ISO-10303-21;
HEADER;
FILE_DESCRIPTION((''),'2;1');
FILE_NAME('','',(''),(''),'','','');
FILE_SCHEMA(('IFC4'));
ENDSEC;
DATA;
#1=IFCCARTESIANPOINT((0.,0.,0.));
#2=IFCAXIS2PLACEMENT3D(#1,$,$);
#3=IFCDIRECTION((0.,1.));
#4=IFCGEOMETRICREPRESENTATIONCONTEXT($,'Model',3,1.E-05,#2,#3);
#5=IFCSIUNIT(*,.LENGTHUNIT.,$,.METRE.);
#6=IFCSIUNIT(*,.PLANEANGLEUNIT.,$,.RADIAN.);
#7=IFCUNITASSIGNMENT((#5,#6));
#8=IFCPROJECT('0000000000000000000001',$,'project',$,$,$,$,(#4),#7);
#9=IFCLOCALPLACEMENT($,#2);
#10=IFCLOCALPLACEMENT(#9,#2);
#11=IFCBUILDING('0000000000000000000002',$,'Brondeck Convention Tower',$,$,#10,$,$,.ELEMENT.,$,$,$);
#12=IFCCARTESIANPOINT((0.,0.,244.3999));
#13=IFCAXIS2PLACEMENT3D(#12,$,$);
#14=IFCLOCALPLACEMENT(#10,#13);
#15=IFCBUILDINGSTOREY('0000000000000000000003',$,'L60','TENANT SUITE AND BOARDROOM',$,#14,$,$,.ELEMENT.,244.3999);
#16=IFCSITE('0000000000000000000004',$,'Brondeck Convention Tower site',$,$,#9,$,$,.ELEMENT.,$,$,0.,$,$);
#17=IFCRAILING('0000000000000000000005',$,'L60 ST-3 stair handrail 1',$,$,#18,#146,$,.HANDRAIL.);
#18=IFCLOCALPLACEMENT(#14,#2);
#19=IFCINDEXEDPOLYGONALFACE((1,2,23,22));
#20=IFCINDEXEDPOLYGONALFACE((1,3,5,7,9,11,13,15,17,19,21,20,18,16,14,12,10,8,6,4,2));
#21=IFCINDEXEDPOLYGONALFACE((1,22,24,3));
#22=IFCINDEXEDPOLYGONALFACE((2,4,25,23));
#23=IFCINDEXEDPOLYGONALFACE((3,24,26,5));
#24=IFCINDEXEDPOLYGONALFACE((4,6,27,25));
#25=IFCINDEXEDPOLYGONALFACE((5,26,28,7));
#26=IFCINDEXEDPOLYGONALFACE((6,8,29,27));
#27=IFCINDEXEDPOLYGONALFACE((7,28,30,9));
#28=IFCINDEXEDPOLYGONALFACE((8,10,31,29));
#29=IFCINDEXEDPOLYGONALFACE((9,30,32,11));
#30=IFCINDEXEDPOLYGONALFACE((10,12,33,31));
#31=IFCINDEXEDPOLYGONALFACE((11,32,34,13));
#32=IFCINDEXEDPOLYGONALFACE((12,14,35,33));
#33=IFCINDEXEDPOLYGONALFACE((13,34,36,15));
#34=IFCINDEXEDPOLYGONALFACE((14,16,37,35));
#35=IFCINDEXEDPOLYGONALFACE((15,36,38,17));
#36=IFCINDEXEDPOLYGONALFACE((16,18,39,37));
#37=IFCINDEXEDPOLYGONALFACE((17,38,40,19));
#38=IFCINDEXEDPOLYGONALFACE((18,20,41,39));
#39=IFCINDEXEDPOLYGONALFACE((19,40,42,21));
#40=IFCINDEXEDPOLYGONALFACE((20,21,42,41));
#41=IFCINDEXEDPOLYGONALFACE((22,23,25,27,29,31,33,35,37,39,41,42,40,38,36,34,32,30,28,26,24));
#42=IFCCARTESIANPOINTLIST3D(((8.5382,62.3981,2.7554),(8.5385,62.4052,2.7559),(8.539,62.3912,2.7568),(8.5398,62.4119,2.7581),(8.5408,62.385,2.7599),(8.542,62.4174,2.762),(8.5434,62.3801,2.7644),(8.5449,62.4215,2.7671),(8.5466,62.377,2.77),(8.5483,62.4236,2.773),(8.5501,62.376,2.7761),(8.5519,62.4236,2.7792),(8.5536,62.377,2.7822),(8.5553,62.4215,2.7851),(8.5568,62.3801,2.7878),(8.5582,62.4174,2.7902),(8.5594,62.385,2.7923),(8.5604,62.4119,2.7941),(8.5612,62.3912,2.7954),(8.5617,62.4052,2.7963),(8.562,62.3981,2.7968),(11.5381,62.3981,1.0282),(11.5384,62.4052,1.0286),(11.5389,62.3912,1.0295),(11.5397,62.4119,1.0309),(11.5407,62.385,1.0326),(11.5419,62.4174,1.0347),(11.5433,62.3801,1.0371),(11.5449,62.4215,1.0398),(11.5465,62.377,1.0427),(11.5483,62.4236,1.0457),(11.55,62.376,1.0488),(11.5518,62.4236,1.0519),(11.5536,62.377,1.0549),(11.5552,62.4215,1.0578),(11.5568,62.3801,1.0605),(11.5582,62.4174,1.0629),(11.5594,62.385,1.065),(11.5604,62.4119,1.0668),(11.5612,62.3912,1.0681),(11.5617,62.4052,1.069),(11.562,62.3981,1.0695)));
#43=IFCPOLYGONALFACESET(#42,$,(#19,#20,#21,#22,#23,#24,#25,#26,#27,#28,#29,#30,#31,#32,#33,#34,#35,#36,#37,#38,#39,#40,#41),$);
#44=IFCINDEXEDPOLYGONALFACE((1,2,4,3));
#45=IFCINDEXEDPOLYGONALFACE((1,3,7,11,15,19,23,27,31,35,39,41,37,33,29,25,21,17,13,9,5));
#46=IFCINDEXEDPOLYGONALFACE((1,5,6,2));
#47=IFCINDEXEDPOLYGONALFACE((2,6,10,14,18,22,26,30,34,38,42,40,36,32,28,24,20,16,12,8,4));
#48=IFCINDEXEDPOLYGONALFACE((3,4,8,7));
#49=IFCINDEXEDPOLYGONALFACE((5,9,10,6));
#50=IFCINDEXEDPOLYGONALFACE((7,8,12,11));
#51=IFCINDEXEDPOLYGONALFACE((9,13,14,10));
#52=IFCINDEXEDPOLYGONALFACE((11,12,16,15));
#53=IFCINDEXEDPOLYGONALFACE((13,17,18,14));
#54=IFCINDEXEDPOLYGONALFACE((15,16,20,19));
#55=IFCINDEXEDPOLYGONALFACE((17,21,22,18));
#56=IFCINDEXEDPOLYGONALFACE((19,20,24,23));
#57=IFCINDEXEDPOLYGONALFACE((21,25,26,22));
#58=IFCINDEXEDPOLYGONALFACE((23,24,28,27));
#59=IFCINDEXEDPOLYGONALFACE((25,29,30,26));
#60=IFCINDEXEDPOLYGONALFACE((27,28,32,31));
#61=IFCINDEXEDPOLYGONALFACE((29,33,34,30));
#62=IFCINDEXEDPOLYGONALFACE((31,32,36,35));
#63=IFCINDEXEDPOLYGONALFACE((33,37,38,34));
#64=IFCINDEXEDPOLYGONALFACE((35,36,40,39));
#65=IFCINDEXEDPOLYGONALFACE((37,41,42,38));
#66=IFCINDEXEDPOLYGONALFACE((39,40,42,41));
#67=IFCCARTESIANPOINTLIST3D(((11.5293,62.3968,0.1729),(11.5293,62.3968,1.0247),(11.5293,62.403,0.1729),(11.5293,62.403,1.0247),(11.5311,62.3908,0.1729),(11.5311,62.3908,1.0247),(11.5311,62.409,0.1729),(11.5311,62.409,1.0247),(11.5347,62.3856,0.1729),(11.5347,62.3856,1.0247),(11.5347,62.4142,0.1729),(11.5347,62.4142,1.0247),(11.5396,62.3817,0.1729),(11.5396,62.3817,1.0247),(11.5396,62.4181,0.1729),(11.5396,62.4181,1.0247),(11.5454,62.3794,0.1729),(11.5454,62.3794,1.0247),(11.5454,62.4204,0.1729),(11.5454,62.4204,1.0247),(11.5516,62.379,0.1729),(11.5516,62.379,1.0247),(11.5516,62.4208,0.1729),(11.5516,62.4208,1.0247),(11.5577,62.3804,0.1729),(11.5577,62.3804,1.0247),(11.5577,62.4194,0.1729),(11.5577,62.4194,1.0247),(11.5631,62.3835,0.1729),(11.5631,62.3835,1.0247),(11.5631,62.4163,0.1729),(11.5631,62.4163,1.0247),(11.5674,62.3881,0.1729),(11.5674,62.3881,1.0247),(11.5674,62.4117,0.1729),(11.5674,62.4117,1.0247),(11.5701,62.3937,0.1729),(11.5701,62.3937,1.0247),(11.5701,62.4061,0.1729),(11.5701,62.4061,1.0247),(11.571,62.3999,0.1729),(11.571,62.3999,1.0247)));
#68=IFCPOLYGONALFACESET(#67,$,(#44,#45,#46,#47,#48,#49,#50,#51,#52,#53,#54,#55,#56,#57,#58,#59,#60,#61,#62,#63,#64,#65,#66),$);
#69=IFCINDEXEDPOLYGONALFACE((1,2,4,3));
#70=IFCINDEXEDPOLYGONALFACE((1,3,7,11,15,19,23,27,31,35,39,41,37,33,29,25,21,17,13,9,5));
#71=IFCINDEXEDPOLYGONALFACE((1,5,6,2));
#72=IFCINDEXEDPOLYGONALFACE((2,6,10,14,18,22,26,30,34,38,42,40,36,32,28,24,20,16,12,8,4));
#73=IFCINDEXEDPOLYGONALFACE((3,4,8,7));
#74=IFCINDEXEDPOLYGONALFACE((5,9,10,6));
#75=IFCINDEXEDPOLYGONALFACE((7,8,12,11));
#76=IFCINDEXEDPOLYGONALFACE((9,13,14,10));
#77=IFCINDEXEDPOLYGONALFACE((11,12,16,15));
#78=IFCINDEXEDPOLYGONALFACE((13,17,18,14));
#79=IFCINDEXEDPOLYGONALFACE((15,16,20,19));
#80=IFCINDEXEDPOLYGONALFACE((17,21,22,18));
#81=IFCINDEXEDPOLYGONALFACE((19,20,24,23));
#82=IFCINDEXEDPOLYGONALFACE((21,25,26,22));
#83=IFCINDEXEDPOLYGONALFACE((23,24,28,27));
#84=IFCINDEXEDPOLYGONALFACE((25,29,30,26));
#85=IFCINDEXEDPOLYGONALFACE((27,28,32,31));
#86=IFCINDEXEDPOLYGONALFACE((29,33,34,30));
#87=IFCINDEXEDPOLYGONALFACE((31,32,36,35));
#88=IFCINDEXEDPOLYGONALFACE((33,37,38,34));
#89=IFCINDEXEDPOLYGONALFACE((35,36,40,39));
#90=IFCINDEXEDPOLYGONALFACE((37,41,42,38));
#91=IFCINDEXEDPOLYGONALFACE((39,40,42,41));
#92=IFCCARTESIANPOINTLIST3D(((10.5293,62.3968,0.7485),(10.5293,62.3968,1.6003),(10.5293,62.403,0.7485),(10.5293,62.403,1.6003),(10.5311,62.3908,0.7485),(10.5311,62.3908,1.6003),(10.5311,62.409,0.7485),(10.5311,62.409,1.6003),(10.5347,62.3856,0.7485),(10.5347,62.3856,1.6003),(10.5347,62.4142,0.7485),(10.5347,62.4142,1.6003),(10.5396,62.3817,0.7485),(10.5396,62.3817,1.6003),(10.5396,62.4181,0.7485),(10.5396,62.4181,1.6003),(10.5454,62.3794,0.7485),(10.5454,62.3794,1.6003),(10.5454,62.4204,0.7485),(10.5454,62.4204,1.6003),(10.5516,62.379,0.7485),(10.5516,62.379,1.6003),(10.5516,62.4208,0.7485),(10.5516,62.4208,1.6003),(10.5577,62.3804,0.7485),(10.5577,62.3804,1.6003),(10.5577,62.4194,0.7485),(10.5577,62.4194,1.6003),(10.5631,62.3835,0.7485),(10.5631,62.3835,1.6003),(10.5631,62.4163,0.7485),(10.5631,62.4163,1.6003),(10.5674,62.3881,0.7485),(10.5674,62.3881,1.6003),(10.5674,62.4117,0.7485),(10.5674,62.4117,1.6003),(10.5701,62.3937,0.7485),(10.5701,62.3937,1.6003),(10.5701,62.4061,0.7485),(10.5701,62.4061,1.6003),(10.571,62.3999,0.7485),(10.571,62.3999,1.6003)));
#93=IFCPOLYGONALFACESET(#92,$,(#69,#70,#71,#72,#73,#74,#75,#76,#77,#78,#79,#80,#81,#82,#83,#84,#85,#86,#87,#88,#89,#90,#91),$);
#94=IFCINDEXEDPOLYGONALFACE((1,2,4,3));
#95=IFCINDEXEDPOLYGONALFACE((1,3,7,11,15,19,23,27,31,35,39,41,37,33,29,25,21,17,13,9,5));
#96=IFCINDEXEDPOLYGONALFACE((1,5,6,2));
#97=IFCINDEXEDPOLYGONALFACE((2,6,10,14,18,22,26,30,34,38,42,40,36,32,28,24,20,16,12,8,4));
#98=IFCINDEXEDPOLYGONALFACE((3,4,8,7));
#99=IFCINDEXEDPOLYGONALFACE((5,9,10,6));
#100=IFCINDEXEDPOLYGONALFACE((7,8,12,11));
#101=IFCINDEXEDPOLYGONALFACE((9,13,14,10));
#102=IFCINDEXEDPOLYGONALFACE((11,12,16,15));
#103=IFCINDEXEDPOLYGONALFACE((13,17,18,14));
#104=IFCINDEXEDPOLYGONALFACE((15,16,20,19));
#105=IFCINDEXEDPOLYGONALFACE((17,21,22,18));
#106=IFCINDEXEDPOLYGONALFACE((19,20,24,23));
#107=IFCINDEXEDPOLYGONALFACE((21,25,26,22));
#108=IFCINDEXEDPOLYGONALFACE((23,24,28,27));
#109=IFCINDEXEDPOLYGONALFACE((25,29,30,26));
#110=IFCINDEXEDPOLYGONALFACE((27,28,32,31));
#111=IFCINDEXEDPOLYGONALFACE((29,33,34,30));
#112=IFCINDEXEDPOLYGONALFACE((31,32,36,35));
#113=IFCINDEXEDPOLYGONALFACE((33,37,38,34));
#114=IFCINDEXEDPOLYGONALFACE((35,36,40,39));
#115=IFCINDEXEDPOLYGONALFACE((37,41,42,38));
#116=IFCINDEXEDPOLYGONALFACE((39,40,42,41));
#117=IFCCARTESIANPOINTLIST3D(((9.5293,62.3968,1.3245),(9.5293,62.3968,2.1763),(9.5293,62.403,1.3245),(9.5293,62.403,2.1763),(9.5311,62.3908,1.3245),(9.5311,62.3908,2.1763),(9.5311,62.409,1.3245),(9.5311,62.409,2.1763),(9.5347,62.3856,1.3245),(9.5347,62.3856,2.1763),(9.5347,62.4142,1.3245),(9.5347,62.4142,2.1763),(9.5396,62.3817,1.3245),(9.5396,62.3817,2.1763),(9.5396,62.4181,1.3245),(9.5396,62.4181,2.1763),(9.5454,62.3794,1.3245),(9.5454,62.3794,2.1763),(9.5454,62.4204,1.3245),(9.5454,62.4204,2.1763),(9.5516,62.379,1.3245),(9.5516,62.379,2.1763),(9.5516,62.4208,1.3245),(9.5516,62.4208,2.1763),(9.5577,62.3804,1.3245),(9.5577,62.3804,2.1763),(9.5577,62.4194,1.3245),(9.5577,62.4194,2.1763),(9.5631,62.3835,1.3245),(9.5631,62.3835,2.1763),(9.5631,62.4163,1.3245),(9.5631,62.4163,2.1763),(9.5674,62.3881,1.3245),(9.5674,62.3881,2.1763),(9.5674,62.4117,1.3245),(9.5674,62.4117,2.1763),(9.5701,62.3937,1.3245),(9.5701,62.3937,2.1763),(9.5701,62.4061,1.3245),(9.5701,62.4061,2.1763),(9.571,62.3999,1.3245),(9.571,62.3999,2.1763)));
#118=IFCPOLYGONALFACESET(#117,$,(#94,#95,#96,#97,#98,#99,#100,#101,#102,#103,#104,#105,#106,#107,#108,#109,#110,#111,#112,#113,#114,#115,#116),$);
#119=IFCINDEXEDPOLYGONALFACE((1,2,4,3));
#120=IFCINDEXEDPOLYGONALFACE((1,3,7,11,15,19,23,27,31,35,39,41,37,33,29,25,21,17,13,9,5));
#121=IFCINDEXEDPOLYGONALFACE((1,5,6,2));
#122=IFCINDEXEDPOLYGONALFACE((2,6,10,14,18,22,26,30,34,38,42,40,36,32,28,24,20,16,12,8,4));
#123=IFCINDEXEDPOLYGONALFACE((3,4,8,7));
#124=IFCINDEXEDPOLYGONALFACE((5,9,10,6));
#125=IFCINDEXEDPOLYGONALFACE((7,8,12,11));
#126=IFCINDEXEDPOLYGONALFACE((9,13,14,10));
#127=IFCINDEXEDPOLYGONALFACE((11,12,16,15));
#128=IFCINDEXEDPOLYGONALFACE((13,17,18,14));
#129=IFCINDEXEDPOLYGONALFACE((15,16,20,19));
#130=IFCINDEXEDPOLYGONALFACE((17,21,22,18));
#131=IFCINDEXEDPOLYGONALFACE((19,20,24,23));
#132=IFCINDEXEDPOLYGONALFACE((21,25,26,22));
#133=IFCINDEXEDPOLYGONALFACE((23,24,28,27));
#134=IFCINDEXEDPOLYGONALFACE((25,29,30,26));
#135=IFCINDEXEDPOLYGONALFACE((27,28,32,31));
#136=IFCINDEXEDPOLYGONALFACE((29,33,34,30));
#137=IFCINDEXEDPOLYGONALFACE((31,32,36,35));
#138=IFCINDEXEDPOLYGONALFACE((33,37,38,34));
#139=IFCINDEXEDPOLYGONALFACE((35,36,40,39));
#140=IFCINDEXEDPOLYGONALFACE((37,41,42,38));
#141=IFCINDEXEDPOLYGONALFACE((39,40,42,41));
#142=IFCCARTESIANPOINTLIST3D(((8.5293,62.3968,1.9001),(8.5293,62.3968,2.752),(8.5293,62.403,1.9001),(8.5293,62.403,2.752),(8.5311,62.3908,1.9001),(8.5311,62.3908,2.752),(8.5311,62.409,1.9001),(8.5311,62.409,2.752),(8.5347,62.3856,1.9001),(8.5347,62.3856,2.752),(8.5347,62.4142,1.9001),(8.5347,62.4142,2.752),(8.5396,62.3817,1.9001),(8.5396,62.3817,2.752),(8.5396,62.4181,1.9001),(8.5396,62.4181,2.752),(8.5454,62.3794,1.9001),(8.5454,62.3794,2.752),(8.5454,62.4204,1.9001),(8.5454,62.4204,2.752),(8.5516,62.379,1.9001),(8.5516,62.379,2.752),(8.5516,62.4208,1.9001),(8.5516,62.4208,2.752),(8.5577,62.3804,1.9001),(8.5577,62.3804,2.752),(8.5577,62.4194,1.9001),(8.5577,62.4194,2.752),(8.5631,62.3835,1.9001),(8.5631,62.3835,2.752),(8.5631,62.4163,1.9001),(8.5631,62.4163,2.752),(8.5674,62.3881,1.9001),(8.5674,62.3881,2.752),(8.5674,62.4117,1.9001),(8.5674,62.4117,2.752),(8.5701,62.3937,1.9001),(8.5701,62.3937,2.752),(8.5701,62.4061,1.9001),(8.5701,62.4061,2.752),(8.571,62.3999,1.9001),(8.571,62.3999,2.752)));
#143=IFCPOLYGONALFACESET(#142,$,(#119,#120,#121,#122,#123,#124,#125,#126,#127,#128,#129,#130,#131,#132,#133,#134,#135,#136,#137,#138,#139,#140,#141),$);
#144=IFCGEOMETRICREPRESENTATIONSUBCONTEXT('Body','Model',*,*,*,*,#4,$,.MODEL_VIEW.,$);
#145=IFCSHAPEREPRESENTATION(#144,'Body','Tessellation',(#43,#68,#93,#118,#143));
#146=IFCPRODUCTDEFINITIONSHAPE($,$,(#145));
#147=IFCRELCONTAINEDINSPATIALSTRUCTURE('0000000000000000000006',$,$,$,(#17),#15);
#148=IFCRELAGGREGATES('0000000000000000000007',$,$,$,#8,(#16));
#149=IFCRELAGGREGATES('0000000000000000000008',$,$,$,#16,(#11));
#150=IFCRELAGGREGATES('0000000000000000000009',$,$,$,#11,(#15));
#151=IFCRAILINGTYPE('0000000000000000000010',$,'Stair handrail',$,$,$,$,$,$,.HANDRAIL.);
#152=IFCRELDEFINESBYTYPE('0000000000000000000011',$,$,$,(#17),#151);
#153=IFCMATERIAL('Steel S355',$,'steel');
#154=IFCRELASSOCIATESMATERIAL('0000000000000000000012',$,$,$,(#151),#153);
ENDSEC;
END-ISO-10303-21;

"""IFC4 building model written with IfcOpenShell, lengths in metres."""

from ifc_helpers import new_model, si_unit, direction, frame, origin, origin_2d, place, context, subcontext, project, spatial, circle, extrude, material, type_object, element, save


model = new_model("IFC4")

# Units and contexts
model_context = context("Model", 3, precision=1e-05, world=origin(), true_north=direction((0.0, 1.0)))
body_context = subcontext(model_context, "Body", "Model", "MODEL_VIEW")
ifc_project = project(units=[si_unit("LENGTHUNIT", "METRE"), si_unit("PLANEANGLEUNIT", "RADIAN")], contexts=[model_context])

# Site, building, storey
site_placement = place(None, origin())
site = spatial("IfcSite", under=ifc_project, at=site_placement, Name="Brondeck Convention Tower site", CompositionType="ELEMENT", RefElevation=0.0)
building_placement = place(site_placement, origin())
building = spatial("IfcBuilding", under=site, at=building_placement, Name="Brondeck Convention Tower", CompositionType="ELEMENT")
storey_placement = place(building_placement, frame((0.0, 0.0, 244.3999)))
storey = spatial("IfcBuildingStorey", under=building, at=storey_placement, Name="L60", Description="TENANT SUITE AND BOARDROOM", CompositionType="ELEMENT", Elevation=244.3999)

# Railing
ifc_material_1 = material(Name="Steel S355", Category="steel")
railing_type_1 = type_object("IfcRailingType", Name="Stair handrail", PredefinedType="HANDRAIL", material=ifc_material_1)
railing_1_placement = place(storey_placement, frame((11.55, 62.3999, 0.1729)))
element("IfcRailing", 1, at=railing_1_placement, inside=storey, type_object=railing_type_1, Name="L60 ST-3 stair handrail 1", PredefinedType="HANDRAIL", context=body_context, shape_type="SweptSolid", body=[
    extrude(circle(Radius=0.0239, at=origin_2d()), frame((0.0, 0.0, 0.876), z_axis=(-0.86662, 0.0, 0.498969), x_axis=(0.0, -1.0, 0.0)), (0.0, 0.0, 1.0), 3.4617),
    extrude(circle(Radius=0.021, at=origin_2d()), origin(), (0.0, 0.0, 1.0), 0.8518),
    extrude(circle(Radius=0.021, at=origin_2d()), frame((-1.0, 0.0, 0.5757)), (0.0, 0.0, 1.0), 0.8518),
    extrude(circle(Radius=0.021, at=origin_2d()), frame((-2.0, 0.0, 1.1516)), (0.0, 0.0, 1.0), 0.8518),
    extrude(circle(Radius=0.021, at=origin_2d()), frame((-3.0, 0.0, 1.7273)), (0.0, 0.0, 1.0), 0.8518),
])

save(model, "model.ifc")
